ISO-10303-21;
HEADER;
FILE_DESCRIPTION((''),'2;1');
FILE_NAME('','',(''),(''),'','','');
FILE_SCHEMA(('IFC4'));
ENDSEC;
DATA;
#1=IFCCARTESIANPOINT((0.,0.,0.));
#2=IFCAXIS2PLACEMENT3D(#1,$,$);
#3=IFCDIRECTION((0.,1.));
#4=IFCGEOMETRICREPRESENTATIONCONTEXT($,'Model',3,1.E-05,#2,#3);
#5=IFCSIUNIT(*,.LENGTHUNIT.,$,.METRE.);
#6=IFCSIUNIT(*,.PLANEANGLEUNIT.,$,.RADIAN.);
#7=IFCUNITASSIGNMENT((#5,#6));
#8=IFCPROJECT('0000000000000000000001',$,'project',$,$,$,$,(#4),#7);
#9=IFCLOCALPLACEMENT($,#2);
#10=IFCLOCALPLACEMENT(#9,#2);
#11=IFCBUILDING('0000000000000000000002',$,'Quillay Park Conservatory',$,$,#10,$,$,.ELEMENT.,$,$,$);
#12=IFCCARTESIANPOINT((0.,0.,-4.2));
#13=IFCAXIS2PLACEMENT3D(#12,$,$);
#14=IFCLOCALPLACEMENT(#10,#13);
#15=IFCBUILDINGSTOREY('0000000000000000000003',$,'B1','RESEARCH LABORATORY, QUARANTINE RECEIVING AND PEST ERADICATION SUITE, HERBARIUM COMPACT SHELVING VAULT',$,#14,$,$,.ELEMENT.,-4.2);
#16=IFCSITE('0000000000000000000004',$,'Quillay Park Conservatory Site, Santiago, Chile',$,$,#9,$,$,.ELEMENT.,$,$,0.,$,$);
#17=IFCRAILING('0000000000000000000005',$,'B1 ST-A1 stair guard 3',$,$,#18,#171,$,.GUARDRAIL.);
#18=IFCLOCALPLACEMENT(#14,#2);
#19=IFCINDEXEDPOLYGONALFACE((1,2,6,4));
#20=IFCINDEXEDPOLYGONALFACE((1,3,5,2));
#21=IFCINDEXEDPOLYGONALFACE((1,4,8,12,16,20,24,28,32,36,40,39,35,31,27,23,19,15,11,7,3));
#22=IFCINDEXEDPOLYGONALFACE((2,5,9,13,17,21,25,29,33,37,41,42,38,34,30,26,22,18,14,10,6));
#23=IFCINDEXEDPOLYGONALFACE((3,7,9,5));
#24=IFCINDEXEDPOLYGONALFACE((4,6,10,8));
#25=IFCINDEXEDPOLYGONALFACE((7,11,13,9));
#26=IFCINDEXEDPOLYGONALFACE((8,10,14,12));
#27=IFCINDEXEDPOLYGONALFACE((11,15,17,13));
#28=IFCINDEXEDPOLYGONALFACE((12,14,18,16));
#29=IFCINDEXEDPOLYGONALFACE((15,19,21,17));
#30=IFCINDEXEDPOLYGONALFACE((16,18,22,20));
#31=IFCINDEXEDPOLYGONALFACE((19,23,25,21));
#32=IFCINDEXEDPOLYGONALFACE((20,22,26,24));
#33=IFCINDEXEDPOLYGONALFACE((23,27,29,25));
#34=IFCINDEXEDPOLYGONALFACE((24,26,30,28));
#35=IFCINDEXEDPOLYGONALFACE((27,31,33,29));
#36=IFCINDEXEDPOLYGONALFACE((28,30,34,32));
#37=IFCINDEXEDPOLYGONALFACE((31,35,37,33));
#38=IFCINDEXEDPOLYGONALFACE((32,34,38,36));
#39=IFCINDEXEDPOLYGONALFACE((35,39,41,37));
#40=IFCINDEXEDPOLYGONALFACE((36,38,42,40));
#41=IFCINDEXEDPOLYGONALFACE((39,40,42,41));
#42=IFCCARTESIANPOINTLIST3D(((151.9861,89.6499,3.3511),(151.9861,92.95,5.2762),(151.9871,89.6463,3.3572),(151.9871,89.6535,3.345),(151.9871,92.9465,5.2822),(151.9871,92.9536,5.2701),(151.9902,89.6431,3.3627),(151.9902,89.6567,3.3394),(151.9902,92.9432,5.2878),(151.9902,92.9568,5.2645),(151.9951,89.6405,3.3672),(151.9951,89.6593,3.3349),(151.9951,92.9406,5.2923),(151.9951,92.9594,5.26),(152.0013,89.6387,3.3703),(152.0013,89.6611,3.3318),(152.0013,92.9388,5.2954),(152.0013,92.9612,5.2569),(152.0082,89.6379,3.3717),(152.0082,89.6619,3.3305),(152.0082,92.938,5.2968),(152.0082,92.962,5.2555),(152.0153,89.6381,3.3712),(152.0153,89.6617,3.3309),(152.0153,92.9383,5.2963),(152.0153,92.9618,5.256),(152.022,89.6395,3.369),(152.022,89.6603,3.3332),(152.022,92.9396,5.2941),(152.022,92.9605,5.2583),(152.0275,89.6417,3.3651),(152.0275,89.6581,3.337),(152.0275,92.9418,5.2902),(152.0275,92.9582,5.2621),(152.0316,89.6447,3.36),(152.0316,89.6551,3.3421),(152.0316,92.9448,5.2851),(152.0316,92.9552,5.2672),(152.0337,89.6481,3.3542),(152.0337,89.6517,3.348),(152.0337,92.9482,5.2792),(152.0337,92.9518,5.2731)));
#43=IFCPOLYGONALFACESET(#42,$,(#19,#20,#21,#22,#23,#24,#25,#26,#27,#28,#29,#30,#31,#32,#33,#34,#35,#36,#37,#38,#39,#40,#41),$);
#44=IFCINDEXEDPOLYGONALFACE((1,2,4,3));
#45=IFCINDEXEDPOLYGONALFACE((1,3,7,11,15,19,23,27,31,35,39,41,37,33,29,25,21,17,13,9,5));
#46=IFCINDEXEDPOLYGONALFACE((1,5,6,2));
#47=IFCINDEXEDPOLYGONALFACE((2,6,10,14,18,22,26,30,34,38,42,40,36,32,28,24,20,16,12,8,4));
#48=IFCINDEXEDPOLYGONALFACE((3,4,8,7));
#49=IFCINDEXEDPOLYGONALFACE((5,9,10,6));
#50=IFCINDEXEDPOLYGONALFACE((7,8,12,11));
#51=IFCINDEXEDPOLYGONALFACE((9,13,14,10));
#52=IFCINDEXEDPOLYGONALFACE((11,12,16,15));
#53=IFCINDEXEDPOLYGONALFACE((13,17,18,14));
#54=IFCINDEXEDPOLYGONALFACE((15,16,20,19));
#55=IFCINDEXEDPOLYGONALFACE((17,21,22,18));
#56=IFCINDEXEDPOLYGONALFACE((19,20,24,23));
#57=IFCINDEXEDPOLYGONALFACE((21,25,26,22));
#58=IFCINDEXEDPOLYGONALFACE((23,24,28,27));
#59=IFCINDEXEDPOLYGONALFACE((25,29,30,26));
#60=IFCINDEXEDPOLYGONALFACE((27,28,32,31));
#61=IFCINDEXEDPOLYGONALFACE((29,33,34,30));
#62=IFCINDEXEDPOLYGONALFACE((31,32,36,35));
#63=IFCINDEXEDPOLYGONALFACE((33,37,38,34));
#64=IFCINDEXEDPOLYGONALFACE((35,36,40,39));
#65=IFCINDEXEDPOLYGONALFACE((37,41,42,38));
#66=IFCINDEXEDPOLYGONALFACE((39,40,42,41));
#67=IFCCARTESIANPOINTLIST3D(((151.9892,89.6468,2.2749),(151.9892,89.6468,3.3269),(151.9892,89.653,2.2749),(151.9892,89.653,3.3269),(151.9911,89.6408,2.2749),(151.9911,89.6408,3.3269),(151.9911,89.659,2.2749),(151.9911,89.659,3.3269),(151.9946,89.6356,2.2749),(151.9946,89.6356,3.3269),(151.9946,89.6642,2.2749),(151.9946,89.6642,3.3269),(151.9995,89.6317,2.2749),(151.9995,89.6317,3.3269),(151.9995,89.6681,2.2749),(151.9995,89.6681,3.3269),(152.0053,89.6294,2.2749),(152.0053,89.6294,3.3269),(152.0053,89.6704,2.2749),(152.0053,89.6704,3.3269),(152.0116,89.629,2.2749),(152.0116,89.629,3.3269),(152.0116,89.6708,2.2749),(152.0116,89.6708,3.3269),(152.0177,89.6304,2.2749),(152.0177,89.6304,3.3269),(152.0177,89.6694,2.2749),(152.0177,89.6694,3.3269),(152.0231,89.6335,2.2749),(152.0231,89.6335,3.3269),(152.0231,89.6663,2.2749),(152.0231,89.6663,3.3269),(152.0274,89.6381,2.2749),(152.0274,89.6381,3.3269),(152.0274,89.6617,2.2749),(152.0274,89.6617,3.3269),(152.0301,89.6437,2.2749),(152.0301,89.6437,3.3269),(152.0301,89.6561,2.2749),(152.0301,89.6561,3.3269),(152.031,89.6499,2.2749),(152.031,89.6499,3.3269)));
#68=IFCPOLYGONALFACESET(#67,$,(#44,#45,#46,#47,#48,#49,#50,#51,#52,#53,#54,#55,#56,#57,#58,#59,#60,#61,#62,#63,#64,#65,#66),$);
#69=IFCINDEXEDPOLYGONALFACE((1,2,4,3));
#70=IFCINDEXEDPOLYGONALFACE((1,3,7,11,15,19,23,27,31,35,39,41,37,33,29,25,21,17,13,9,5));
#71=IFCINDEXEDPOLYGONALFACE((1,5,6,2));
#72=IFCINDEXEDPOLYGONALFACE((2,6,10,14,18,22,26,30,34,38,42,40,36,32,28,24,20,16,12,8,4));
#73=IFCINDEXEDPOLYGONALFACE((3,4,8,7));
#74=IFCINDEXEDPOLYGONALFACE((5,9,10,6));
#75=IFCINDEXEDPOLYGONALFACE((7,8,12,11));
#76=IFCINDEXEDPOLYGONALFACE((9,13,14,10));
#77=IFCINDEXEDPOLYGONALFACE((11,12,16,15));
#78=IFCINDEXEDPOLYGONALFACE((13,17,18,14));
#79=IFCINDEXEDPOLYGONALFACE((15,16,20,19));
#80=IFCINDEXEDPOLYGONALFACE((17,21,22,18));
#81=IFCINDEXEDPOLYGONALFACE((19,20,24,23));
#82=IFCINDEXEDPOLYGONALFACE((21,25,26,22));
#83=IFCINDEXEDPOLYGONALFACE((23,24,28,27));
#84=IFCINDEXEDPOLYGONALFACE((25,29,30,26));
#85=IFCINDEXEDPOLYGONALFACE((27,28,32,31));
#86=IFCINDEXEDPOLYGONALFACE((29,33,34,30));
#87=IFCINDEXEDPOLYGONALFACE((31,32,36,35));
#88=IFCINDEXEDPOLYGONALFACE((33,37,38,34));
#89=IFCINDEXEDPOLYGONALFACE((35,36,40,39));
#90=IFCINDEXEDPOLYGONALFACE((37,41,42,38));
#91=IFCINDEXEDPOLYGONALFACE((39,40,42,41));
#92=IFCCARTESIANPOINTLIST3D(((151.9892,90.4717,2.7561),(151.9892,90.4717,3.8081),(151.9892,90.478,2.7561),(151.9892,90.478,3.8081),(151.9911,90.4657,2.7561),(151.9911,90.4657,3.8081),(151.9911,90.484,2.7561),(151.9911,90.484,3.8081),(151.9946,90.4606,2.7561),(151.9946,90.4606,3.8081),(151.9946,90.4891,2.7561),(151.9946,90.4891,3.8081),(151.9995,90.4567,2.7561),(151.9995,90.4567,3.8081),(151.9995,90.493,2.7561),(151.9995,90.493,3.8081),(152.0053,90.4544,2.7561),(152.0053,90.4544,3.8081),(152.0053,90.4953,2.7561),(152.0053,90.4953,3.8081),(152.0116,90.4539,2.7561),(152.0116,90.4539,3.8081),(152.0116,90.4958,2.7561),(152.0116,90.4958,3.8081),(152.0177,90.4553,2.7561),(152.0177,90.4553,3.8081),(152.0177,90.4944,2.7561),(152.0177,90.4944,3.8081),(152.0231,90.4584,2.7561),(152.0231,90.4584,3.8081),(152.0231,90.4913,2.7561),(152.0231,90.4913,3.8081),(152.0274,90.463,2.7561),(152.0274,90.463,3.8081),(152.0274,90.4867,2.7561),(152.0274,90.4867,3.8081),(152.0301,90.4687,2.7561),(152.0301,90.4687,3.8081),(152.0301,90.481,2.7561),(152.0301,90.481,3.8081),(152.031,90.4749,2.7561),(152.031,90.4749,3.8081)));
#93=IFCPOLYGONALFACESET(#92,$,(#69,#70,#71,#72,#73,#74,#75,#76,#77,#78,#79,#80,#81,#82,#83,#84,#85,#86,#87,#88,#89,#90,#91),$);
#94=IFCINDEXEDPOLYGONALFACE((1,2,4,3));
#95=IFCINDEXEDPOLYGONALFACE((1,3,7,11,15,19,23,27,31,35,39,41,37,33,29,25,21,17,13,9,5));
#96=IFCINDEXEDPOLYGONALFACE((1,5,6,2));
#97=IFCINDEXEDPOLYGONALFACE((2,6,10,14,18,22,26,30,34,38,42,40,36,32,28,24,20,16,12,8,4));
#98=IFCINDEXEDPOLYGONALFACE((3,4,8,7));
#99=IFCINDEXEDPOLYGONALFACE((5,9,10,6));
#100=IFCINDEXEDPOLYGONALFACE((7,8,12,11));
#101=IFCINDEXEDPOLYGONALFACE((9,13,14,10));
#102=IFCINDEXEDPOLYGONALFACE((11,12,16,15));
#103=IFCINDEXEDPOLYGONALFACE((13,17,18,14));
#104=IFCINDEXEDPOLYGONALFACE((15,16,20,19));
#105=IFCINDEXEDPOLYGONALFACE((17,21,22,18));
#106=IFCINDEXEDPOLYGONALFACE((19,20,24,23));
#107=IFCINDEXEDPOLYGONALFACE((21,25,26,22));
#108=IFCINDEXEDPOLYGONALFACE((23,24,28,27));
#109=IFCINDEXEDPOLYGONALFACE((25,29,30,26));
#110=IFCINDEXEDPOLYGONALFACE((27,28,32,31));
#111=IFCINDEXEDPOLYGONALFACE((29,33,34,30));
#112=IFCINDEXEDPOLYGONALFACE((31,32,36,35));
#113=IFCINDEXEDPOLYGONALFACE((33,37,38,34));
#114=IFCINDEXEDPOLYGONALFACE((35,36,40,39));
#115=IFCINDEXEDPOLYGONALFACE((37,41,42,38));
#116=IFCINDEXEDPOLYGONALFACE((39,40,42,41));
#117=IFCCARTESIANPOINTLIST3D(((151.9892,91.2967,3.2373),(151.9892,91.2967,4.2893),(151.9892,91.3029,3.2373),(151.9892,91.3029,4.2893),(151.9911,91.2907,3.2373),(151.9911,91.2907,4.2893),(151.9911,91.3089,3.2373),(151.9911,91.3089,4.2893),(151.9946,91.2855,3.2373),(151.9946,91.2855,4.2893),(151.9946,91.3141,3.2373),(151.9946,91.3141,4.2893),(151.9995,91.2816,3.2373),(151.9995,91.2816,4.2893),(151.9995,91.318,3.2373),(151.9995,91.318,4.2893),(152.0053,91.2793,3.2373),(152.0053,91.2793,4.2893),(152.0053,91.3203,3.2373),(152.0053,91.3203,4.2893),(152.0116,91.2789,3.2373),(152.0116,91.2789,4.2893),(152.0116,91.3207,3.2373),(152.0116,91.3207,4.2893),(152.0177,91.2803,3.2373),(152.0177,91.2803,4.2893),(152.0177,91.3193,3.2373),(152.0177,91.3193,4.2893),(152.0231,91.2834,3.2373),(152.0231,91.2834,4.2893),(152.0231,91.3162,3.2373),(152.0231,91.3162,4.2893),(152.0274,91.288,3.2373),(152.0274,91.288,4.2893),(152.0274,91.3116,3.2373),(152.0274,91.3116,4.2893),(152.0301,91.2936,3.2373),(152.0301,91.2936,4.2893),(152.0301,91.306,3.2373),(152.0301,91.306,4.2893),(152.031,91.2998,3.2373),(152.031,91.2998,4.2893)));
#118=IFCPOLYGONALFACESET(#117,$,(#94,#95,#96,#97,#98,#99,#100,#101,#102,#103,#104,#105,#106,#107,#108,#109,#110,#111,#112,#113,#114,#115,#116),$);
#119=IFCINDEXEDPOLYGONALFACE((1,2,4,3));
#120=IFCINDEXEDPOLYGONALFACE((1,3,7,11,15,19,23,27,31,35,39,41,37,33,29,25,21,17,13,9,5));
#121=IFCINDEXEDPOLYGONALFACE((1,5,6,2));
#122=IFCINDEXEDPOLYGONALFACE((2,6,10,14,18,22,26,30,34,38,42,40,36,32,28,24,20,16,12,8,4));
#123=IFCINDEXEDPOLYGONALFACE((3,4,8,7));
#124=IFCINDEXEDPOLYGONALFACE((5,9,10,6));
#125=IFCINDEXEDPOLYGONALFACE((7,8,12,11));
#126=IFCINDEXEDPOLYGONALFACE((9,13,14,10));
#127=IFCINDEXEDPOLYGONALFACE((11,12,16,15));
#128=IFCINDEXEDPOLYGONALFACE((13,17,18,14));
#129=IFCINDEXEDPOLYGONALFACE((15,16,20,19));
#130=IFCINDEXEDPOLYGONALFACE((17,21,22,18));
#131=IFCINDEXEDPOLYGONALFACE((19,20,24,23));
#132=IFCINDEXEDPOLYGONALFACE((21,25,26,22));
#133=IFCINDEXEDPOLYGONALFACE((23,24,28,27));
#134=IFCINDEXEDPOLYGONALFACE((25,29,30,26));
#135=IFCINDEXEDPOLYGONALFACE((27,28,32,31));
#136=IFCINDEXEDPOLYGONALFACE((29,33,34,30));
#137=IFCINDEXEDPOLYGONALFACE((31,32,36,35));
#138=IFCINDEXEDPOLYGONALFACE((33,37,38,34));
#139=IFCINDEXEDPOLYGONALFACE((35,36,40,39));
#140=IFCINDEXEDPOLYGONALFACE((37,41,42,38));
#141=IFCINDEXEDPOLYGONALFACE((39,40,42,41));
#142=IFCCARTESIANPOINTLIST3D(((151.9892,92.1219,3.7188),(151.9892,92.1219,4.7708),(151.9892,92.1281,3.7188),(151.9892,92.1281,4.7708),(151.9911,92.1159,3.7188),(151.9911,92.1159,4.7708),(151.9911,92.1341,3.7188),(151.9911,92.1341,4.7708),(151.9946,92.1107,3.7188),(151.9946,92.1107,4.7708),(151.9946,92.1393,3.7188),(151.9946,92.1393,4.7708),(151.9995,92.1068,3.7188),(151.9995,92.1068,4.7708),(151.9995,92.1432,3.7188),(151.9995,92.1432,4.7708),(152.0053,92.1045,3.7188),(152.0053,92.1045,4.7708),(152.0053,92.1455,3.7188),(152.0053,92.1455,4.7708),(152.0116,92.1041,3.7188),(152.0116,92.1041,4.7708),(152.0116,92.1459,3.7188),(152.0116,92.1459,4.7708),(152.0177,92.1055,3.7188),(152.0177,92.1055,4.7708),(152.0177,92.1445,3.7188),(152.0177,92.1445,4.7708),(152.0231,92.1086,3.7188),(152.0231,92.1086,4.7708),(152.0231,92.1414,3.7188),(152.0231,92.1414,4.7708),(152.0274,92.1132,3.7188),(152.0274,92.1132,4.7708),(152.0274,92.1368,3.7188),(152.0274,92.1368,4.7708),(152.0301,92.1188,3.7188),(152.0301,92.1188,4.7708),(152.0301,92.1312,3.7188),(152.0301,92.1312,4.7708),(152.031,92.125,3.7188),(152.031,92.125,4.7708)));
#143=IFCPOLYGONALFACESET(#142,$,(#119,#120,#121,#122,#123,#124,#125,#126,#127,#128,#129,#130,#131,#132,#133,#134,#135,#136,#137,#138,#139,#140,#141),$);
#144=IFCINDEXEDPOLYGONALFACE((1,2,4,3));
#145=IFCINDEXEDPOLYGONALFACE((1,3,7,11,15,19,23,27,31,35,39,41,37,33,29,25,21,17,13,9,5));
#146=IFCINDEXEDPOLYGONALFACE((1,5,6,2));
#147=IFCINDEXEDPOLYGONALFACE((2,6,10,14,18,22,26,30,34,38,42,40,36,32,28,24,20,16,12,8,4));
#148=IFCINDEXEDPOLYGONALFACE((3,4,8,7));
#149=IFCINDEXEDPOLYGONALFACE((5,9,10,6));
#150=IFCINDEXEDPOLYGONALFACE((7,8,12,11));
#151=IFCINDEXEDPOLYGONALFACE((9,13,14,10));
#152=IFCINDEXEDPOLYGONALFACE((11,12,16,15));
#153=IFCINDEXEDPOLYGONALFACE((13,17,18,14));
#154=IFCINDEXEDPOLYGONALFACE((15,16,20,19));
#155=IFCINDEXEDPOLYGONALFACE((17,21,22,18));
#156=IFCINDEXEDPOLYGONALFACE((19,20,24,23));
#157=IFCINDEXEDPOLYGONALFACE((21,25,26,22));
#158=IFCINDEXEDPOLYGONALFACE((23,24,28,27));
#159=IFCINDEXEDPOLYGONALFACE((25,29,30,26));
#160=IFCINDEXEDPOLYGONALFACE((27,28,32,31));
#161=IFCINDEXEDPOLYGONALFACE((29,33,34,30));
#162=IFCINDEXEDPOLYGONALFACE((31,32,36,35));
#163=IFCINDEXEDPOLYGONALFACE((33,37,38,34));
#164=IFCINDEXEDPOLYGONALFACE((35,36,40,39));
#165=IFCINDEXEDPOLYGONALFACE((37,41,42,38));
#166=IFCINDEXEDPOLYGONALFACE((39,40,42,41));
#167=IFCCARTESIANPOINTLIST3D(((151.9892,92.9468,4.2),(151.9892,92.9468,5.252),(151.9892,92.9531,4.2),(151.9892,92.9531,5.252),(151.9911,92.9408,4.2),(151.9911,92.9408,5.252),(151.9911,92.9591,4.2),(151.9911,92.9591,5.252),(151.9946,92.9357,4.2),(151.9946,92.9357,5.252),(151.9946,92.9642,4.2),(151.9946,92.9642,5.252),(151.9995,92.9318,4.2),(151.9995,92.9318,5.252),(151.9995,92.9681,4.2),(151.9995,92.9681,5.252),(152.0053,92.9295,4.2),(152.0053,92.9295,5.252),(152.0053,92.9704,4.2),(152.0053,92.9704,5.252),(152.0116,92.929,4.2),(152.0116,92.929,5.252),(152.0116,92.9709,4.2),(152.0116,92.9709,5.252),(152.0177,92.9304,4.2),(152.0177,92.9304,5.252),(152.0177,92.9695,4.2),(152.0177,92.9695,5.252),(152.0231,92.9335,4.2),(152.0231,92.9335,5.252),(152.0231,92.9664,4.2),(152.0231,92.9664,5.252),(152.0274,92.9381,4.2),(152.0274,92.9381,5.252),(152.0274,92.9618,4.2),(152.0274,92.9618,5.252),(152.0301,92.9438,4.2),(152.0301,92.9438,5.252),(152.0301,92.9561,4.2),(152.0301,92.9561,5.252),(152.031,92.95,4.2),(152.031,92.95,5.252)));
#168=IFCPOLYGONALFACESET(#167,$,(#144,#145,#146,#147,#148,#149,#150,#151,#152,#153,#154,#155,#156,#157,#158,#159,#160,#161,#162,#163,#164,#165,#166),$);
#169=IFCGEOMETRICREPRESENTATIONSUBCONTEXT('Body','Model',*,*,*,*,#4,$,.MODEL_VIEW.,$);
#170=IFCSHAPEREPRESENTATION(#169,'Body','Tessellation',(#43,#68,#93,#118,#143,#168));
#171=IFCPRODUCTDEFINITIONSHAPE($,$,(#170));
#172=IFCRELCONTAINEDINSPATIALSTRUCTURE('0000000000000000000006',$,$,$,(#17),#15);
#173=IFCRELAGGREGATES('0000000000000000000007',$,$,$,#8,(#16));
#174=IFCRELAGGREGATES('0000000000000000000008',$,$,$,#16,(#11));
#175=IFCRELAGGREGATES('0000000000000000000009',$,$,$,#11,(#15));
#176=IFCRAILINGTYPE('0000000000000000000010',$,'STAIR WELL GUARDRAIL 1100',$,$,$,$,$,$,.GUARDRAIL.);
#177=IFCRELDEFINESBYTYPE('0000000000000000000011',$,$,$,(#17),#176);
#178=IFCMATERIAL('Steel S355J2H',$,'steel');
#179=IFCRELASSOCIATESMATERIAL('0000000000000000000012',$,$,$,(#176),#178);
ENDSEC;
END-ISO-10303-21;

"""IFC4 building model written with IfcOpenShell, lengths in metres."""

from ifc_helpers import new_model, si_unit, direction, frame, origin, origin_2d, place, context, subcontext, project, spatial, circle, extrude, material, type_object, element, save


model = new_model("IFC4")

# Units and contexts
model_context = context("Model", 3, precision=1e-05, world=origin(), true_north=direction((0.0, 1.0)))
body_context = subcontext(model_context, "Body", "Model", "MODEL_VIEW")
ifc_project = project(units=[si_unit("LENGTHUNIT", "METRE"), si_unit("PLANEANGLEUNIT", "RADIAN")], contexts=[model_context])

# Site, building, storey
site_placement = place(None, origin())
site = spatial("IfcSite", under=ifc_project, at=site_placement, Name="Quillay Park Conservatory Site, Santiago, Chile", CompositionType="ELEMENT", RefElevation=0.0)
building_placement = place(site_placement, origin())
building = spatial("IfcBuilding", under=site, at=building_placement, Name="Quillay Park Conservatory", CompositionType="ELEMENT")
storey_placement = place(building_placement, frame((0.0, 0.0, -4.2)))
storey = spatial("IfcBuildingStorey", under=building, at=storey_placement, Name="B1", Description="RESEARCH LABORATORY, QUARANTINE RECEIVING AND PEST ERADICATION SUITE, HERBARIUM COMPACT SHELVING VAULT", CompositionType="ELEMENT", Elevation=-4.2)

# Railing
ifc_material_1 = material(Name="Steel S355J2H", Category="steel")
railing_type_1 = type_object("IfcRailingType", Name="STAIR WELL GUARDRAIL 1100", PredefinedType="GUARDRAIL", material=ifc_material_1)
railing_1_placement = place(storey_placement, frame((152.01, 89.6499, 2.2749)))
element("IfcRailing", 1, at=railing_1_placement, inside=storey, type_object=railing_type_1, Name="B1 ST-A1 stair guard 3", PredefinedType="GUARDRAIL", context=body_context, shape_type="SweptSolid", body=[
    extrude(circle(Radius=0.0239, at=origin_2d()), frame((0.0, 0.0, 1.0762), z_axis=(0.0, 0.863777, 0.503875), x_axis=(-1.0, 0.0, 0.0)), (0.0, 0.0, 1.0), 3.8206),
    extrude(circle(Radius=0.021, at=origin_2d()), origin(), (0.0, 0.0, 1.0), 1.052),
    extrude(circle(Radius=0.021, at=origin_2d()), frame((0.0, 0.825, 0.4812)), (0.0, 0.0, 1.0), 1.052),
    extrude(circle(Radius=0.021, at=origin_2d()), frame((0.0, 1.6499, 0.9624)), (0.0, 0.0, 1.0), 1.052),
    extrude(circle(Radius=0.021, at=origin_2d()), frame((0.0, 2.4751, 1.4438)), (0.0, 0.0, 1.0), 1.052),
    extrude(circle(Radius=0.021, at=origin_2d()), frame((0.0, 3.3, 1.925)), (0.0, 0.0, 1.0), 1.052),
])

save(model, "model.ifc")
